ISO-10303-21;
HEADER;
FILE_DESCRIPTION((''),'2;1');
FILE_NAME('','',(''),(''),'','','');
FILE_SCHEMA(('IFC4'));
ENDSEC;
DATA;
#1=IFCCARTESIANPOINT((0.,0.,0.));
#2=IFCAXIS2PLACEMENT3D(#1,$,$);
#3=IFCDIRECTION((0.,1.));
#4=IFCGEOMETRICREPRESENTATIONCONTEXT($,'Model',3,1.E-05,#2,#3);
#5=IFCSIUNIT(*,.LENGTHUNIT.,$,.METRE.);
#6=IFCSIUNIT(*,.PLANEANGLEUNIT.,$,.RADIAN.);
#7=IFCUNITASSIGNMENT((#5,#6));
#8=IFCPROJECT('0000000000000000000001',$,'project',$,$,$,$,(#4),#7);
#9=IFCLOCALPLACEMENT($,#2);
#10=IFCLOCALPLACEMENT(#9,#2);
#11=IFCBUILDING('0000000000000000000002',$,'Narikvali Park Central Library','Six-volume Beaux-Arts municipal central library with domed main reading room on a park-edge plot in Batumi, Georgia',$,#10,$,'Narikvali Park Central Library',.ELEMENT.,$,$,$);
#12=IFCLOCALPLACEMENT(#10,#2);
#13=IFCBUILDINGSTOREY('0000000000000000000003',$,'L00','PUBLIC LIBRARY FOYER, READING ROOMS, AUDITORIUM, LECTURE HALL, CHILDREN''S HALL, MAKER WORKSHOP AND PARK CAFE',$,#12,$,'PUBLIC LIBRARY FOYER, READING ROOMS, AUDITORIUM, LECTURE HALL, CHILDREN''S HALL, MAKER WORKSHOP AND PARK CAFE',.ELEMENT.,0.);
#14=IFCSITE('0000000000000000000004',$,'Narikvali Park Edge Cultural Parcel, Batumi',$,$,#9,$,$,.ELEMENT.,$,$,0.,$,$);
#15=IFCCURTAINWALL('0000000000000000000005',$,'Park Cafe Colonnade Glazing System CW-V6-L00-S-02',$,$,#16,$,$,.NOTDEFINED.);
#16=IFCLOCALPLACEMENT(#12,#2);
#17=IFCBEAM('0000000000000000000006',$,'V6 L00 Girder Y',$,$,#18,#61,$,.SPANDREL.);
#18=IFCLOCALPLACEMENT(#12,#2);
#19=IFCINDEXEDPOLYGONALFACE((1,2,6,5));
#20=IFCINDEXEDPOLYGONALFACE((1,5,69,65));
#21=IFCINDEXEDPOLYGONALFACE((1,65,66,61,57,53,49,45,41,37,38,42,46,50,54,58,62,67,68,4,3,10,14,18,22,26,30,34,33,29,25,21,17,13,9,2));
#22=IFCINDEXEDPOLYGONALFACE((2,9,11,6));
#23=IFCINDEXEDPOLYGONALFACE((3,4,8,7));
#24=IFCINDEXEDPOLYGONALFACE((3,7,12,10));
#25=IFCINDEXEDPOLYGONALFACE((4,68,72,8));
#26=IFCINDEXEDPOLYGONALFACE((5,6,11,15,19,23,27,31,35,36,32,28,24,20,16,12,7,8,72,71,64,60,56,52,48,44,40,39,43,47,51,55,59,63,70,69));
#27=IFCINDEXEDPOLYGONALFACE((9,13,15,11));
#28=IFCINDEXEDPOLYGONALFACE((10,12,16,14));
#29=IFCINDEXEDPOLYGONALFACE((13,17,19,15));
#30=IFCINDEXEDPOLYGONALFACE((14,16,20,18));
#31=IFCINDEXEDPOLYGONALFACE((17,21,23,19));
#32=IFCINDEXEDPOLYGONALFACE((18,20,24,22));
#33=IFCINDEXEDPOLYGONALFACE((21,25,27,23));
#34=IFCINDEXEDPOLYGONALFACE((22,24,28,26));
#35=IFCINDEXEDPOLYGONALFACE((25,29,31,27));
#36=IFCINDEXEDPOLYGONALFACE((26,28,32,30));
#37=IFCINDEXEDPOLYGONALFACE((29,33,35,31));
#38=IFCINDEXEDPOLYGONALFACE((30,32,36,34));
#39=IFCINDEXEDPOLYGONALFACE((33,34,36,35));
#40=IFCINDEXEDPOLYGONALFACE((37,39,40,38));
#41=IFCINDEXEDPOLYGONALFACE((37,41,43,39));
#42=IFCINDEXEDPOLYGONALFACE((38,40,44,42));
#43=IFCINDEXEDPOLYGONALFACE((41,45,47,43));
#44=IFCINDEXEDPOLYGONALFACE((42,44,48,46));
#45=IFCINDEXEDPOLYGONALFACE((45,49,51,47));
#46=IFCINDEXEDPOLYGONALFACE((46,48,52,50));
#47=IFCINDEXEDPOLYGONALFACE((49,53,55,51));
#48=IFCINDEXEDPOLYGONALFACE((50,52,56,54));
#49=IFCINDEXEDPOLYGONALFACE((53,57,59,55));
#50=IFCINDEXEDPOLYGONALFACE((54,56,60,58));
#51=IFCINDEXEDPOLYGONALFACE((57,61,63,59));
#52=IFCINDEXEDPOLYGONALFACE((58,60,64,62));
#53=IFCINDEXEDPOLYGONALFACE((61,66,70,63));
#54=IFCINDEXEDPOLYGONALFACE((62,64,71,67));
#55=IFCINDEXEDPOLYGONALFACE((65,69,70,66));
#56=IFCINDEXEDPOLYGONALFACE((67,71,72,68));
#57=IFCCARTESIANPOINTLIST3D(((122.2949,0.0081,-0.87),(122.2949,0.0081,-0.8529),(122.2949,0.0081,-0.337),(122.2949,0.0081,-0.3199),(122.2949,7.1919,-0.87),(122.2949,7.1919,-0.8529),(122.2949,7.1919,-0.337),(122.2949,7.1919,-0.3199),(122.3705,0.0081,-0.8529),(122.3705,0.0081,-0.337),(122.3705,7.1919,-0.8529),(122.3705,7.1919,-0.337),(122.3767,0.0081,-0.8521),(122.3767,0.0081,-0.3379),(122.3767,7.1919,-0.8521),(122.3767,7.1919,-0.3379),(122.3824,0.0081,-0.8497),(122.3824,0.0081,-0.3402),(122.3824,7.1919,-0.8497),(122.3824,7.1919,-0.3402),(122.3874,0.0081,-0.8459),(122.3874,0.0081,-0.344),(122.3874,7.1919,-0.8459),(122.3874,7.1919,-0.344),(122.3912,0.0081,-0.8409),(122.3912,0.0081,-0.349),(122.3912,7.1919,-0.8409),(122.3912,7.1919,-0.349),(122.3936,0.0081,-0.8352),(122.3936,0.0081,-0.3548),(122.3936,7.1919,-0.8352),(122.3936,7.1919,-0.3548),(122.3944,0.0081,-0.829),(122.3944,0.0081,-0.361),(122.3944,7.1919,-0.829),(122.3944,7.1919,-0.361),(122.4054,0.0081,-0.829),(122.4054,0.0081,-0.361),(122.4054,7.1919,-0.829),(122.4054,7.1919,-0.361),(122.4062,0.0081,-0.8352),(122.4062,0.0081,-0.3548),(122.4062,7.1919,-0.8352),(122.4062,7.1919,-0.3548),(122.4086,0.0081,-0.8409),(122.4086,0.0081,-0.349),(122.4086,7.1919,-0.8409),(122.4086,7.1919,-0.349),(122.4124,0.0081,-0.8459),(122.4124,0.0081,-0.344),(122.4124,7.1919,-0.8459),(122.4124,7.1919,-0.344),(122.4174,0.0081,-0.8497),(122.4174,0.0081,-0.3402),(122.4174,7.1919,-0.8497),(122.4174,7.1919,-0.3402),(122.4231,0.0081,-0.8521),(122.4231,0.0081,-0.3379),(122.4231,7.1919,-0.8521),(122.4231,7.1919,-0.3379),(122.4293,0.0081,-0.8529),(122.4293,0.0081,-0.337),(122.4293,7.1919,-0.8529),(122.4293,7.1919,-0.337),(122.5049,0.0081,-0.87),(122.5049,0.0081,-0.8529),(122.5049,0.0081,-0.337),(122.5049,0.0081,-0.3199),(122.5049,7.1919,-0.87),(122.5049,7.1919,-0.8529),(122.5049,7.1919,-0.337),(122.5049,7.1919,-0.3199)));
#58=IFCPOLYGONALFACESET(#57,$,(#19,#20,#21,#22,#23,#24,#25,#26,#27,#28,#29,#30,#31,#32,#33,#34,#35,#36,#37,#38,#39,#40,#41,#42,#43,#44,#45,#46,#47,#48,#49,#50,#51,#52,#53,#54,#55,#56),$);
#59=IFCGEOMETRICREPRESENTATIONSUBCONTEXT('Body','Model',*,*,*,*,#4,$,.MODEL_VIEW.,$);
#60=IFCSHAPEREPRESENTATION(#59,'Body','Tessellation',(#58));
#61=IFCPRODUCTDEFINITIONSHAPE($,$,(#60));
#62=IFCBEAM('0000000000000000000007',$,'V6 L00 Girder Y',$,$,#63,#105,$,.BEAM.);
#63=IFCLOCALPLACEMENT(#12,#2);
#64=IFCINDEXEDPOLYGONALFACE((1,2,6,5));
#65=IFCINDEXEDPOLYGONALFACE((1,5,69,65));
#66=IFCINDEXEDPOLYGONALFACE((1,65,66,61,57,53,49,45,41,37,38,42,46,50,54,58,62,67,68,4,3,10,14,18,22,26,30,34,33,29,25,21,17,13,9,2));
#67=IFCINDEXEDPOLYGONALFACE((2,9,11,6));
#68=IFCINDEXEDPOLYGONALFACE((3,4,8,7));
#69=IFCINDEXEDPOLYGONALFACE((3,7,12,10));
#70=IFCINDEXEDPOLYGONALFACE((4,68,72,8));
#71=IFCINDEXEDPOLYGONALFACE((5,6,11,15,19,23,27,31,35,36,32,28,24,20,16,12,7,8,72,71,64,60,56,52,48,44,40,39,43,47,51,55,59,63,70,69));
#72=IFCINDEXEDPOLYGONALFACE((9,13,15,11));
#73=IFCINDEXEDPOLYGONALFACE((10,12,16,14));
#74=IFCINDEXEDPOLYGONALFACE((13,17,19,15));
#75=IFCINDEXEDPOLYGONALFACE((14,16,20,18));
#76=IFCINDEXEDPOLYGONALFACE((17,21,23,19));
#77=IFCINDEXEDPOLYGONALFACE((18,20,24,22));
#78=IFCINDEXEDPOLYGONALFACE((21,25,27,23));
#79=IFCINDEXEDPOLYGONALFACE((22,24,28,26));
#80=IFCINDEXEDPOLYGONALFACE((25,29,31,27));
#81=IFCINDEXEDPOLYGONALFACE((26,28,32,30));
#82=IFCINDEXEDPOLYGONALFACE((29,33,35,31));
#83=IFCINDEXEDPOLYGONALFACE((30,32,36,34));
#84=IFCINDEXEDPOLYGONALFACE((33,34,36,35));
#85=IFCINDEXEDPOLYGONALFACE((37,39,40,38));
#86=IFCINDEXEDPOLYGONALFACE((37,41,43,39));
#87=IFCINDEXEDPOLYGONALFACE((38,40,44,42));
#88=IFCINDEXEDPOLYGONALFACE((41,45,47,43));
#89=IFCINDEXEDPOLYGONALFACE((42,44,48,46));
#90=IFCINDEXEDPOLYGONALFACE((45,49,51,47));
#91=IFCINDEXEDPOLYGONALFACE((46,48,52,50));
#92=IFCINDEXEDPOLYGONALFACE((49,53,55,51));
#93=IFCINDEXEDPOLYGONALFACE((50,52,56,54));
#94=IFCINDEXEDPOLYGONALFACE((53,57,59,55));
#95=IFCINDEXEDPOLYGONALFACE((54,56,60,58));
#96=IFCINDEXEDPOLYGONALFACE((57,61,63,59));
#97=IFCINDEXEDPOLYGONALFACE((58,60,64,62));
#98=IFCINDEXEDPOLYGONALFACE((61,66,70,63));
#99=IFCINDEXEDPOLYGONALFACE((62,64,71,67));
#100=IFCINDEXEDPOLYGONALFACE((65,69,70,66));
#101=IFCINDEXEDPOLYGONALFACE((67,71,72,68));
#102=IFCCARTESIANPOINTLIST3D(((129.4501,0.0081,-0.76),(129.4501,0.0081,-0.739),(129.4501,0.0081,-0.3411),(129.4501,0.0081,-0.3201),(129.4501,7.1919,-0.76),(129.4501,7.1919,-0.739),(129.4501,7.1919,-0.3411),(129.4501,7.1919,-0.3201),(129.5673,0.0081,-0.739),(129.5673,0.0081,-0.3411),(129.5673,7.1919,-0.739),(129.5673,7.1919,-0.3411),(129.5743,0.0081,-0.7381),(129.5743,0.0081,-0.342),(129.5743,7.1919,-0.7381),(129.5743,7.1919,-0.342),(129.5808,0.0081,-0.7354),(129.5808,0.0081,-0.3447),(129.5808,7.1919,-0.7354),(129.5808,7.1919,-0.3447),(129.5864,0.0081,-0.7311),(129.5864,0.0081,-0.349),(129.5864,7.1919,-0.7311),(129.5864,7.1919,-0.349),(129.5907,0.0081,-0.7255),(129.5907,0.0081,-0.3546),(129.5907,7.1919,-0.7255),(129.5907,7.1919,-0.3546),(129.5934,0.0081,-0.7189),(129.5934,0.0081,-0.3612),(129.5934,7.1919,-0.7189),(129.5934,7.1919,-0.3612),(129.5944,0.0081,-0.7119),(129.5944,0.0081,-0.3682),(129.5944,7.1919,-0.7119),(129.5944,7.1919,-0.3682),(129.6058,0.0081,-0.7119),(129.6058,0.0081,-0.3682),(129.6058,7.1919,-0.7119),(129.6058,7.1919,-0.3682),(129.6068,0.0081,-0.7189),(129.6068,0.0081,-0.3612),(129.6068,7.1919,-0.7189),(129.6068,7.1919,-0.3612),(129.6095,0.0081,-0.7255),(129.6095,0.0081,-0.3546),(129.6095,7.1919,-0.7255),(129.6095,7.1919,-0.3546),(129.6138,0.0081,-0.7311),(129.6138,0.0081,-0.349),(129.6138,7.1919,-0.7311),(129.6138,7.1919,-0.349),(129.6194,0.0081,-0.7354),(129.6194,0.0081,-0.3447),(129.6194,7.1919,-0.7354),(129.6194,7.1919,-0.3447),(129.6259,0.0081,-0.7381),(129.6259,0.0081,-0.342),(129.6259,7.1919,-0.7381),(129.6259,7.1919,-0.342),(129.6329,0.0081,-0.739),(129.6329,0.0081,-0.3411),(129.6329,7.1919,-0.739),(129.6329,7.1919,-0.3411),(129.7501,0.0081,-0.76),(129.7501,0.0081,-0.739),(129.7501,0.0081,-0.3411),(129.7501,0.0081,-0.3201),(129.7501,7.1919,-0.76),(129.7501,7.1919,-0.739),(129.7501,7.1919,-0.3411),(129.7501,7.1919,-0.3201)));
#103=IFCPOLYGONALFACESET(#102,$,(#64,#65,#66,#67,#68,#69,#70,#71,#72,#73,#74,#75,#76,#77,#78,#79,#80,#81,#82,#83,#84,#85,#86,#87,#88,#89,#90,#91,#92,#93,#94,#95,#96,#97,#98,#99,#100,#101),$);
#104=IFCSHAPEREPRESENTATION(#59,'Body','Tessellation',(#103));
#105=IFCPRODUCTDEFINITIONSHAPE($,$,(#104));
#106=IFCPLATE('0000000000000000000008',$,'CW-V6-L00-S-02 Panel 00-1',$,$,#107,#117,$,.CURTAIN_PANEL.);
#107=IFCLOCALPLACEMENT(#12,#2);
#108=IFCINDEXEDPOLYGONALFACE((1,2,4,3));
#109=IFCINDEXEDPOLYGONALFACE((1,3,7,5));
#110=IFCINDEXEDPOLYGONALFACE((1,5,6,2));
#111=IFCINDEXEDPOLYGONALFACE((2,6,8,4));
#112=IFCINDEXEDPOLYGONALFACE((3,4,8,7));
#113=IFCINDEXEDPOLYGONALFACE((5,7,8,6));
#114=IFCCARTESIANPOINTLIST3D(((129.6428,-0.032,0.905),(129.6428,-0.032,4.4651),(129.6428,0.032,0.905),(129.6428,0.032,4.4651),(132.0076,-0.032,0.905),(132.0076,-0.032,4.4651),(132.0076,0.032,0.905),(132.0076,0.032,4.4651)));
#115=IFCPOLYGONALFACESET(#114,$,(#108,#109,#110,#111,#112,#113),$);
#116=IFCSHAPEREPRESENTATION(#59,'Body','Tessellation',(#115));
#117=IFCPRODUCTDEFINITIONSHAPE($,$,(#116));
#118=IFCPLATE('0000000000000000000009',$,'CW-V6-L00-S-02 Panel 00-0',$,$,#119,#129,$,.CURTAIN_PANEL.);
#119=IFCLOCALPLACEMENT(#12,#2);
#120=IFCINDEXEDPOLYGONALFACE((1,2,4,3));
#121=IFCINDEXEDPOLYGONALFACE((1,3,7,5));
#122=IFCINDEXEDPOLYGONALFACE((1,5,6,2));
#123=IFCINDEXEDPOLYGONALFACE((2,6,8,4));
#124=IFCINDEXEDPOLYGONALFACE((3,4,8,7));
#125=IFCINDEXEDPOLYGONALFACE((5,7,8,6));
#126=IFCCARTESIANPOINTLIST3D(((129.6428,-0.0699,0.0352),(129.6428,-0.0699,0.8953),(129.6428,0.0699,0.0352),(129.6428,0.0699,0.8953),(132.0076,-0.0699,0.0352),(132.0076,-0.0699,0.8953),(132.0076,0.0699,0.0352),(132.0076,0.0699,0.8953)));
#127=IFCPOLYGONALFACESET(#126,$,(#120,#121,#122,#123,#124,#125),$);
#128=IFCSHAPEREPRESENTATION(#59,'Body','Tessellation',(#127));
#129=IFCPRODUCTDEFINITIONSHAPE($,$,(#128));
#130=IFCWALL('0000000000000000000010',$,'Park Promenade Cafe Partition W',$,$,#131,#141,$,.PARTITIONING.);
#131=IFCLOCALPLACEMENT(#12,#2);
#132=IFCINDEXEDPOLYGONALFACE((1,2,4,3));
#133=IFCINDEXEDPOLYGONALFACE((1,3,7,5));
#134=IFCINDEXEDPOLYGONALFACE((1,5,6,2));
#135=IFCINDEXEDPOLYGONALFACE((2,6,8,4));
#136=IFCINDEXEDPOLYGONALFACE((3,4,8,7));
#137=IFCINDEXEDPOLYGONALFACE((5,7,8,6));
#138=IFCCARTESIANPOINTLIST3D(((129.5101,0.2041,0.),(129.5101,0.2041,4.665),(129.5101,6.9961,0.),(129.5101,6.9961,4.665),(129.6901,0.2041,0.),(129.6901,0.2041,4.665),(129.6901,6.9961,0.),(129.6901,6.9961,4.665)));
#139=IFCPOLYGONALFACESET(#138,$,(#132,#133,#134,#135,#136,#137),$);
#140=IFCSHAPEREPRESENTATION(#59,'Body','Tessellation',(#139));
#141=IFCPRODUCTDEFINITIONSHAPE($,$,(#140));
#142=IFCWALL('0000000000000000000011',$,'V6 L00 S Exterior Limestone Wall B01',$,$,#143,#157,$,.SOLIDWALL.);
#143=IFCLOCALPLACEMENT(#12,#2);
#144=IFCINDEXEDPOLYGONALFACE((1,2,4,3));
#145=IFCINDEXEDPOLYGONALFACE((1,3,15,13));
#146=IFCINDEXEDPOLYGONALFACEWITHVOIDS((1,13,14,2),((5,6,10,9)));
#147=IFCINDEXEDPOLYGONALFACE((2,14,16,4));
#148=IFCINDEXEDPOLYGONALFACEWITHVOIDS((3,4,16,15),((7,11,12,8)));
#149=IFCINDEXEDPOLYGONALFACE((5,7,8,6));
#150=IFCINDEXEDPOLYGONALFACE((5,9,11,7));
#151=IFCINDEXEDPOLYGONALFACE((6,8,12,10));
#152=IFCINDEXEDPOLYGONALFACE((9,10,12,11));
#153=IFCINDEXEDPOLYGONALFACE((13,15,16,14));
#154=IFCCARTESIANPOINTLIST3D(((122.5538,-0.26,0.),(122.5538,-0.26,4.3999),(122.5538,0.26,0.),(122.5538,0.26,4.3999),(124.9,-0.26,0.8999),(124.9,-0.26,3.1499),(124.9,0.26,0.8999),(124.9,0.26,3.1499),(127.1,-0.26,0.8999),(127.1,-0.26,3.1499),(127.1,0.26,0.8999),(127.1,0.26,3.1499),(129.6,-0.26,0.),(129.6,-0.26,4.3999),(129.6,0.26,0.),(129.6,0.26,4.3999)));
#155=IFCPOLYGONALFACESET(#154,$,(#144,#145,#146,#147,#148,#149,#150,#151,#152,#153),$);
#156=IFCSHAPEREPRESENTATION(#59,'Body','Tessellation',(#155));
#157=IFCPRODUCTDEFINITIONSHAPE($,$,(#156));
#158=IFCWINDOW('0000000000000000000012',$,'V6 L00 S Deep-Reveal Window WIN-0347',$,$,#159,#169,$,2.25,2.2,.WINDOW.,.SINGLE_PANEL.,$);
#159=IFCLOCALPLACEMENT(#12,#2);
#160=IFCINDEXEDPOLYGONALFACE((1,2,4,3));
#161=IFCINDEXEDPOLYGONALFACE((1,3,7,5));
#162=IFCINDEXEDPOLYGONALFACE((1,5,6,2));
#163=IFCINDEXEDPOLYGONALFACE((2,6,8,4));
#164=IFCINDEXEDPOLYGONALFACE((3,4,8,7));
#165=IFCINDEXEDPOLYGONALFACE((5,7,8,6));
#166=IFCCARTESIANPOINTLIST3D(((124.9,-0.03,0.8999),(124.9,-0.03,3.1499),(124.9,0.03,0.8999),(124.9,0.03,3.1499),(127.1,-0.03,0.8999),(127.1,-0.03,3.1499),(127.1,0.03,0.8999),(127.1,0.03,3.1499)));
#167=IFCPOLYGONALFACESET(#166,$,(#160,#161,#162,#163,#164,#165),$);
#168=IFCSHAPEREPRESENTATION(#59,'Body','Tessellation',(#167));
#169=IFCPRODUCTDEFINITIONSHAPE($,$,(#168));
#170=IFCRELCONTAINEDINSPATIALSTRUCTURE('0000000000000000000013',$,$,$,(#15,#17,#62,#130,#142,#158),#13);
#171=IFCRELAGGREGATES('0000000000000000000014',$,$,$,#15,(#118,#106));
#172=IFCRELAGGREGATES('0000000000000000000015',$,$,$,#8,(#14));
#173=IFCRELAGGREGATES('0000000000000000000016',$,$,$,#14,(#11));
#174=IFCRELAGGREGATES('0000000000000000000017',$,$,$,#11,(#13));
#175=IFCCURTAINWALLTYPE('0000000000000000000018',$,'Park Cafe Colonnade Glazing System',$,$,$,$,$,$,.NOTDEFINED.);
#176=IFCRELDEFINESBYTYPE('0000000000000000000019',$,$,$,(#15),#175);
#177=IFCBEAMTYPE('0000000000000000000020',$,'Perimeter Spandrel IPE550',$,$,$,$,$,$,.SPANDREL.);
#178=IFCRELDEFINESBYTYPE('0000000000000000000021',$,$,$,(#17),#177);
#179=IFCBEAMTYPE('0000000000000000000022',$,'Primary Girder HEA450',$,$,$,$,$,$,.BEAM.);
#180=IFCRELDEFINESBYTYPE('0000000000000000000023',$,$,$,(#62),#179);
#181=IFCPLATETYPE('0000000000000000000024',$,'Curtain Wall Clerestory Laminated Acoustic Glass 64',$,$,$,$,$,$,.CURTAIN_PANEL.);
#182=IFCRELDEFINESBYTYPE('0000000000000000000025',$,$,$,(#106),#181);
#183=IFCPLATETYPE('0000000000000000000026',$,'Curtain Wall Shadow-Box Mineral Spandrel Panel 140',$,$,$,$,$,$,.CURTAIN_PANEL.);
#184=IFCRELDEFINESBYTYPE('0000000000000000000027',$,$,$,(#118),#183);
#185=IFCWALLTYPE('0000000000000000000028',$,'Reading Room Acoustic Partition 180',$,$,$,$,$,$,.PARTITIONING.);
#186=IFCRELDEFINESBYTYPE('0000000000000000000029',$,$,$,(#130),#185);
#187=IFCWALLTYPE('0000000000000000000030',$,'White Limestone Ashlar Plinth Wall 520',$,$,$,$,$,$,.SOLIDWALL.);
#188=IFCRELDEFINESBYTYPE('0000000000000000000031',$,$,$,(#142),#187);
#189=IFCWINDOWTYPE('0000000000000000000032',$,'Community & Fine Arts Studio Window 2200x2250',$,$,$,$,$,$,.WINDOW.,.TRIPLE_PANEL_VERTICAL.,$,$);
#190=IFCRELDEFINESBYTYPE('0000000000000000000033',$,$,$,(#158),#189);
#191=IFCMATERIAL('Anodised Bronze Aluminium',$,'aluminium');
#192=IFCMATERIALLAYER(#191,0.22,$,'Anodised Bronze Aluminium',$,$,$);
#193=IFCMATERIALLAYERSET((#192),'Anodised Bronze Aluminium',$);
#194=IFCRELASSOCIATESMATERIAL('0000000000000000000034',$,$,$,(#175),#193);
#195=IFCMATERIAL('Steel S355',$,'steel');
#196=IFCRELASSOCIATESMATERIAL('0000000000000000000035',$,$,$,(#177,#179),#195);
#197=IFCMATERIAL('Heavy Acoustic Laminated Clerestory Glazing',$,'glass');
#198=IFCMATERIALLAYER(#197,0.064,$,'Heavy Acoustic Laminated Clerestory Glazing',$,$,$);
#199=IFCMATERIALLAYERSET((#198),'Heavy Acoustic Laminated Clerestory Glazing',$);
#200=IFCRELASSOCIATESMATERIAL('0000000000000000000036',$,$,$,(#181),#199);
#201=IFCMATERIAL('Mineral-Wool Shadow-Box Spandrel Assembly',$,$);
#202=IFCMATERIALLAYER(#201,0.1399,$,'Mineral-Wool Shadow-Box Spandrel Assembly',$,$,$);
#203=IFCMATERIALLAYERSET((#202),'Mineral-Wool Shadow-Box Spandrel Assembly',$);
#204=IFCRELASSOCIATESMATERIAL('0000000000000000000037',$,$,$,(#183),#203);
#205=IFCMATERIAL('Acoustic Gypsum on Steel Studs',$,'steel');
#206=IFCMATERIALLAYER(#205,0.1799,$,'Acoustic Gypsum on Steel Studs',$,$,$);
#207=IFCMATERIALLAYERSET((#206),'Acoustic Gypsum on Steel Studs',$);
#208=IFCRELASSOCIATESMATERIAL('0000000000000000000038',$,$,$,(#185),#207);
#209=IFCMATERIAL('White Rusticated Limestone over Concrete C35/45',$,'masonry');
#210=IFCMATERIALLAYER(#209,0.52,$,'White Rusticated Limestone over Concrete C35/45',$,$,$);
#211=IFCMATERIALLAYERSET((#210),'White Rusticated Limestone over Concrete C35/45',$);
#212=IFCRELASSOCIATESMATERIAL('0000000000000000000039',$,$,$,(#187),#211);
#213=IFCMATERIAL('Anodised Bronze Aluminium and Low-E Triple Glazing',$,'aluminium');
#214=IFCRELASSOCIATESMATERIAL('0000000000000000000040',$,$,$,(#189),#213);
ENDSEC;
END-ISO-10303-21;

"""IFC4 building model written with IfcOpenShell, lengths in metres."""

from ifc_helpers import new_model, si_unit, direction, frame, frame_2d, origin, origin_2d, place, context, subcontext, project, spatial, rectangle, i_section, extrude, material, layer, layer_set, material_profile, profile_set, type_object, element, fill, aggregate, save


model = new_model("IFC4")

# Units and contexts
model_context = context("Model", 3, precision=1e-05, world=origin(), true_north=direction((0.0, 1.0)))
body_context = subcontext(model_context, "Body", "Model", "MODEL_VIEW")
ifc_project = project(units=[si_unit("LENGTHUNIT", "METRE"), si_unit("PLANEANGLEUNIT", "RADIAN")], contexts=[model_context])

# Site, building, storey
site_placement = place(None, origin())
site = spatial("IfcSite", under=ifc_project, at=site_placement, Name="Narikvali Park Edge Cultural Parcel, Batumi", CompositionType="ELEMENT", RefElevation=0.0)
building_placement = place(site_placement, origin())
building = spatial("IfcBuilding", under=site, at=building_placement, Name="Narikvali Park Central Library", Description="Six-volume Beaux-Arts municipal central library with domed main reading room on a park-edge plot in Batumi, Georgia", LongName="Narikvali Park Central Library", CompositionType="ELEMENT")
storey_placement = place(building_placement, origin())
storey = spatial("IfcBuildingStorey", under=building, at=storey_placement, Name="L00", Description="PUBLIC LIBRARY FOYER, READING ROOMS, AUDITORIUM, LECTURE HALL, CHILDREN'S HALL, MAKER WORKSHOP AND PARK CAFE", LongName="PUBLIC LIBRARY FOYER, READING ROOMS, AUDITORIUM, LECTURE HALL, CHILDREN'S HALL, MAKER WORKSHOP AND PARK CAFE", CompositionType="ELEMENT", Elevation=0.0)

# Shared definitions
ifc_material_1 = material(Name="Steel S355", Category="steel")

# Curtain wall
ifc_material_2 = material(Name="Anodised Bronze Aluminium", Category="aluminium")
ifc_layer_1 = layer(ifc_material_2, 0.22, Name="Anodised Bronze Aluminium")
ifc_layer_set_1 = layer_set([ifc_layer_1], Name="Anodised Bronze Aluminium")
curtain_wall_type_1 = type_object("IfcCurtainWallType", Name="Park Cafe Colonnade Glazing System", PredefinedType="NOTDEFINED", material=ifc_layer_set_1)
curtain_wall_1_placement = place(storey_placement, origin())
curtain_wall_1 = element("IfcCurtainWall", 1, at=curtain_wall_1_placement, inside=storey, type_object=curtain_wall_type_1, Name="Park Cafe Colonnade Glazing System CW-V6-L00-S-02", PredefinedType="NOTDEFINED")

# Beams
ifc_material_profile_1 = material_profile(ifc_material_1, i_section(OverallWidth=0.21, OverallDepth=0.55, WebThickness=0.011, FlangeThickness=0.0171, FilletRadius=0.0239, at=origin_2d()), Name="IPE 550")
ifc_profile_set_1 = profile_set([ifc_material_profile_1], Name="Steel S355")
beam_type_1 = type_object("IfcBeamType", Name="Perimeter Spandrel IPE550", PredefinedType="SPANDREL", material=ifc_profile_set_1)
beam_1_placement = place(storey_placement, frame((122.3999, 0.0081, -0.595), z_axis=(0.0, 1.0, 0.0), x_axis=(-1.0, 0.0, 0.0)))
element("IfcBeam", 2, at=beam_1_placement, inside=storey, type_object=beam_type_1, Name="V6 L00 Girder Y", PredefinedType="SPANDREL", context=body_context, shape_type="SweptSolid", body=[
    extrude(i_section(OverallWidth=0.21, OverallDepth=0.55, WebThickness=0.011, FlangeThickness=0.0171, FilletRadius=0.0239, at=origin_2d()), origin(), (0.0, 0.0, 1.0), 7.1838),
])
ifc_material_profile_2 = material_profile(ifc_material_1, i_section(OverallWidth=0.3, OverallDepth=0.4399, WebThickness=0.0115, FlangeThickness=0.021, FilletRadius=0.0271, at=origin_2d()), Name="HEA 450")
ifc_profile_set_2 = profile_set([ifc_material_profile_2], Name="Steel S355")
beam_type_2 = type_object("IfcBeamType", Name="Primary Girder HEA450", PredefinedType="BEAM", material=ifc_profile_set_2)
beam_2_placement = place(storey_placement, frame((129.6001, 0.0081, -0.54), z_axis=(0.0, 1.0, 0.0), x_axis=(-1.0, 0.0, 0.0)))
element("IfcBeam", 3, at=beam_2_placement, inside=storey, type_object=beam_type_2, Name="V6 L00 Girder Y", PredefinedType="BEAM", context=body_context, shape_type="SweptSolid", body=[
    extrude(i_section(OverallWidth=0.3, OverallDepth=0.4399, WebThickness=0.0115, FlangeThickness=0.021, FilletRadius=0.0271, at=origin_2d()), origin(), (0.0, 0.0, 1.0), 7.1838),
])

# Plates
ifc_material_3 = material(Name="Heavy Acoustic Laminated Clerestory Glazing", Category="glass")
ifc_layer_2 = layer(ifc_material_3, 0.064, Name="Heavy Acoustic Laminated Clerestory Glazing")
ifc_layer_set_2 = layer_set([ifc_layer_2], Name="Heavy Acoustic Laminated Clerestory Glazing")
plate_type_1 = type_object("IfcPlateType", Name="Curtain Wall Clerestory Laminated Acoustic Glass 64", PredefinedType="CURTAIN_PANEL", material=ifc_layer_set_2)
plate_1_placement = place(storey_placement, frame((130.8252, 0.0, 0.905), z_axis=(0.0, 0.0, 1.0), x_axis=(1.0, 0.0, 0.0)))
plate_1 = element("IfcPlate", 4, at=plate_1_placement, type_object=plate_type_1, Name="CW-V6-L00-S-02 Panel 00-1", PredefinedType="CURTAIN_PANEL", context=body_context, shape_type="SweptSolid", body=[
    extrude(rectangle(XDim=2.3647, YDim=0.064, at=origin_2d()), origin(), (0.0, 0.0, 1.0), 3.5601),
])
ifc_material_4 = material(Name="Mineral-Wool Shadow-Box Spandrel Assembly")
ifc_layer_3 = layer(ifc_material_4, 0.1399, Name="Mineral-Wool Shadow-Box Spandrel Assembly")
ifc_layer_set_3 = layer_set([ifc_layer_3], Name="Mineral-Wool Shadow-Box Spandrel Assembly")
plate_type_2 = type_object("IfcPlateType", Name="Curtain Wall Shadow-Box Mineral Spandrel Panel 140", PredefinedType="CURTAIN_PANEL", material=ifc_layer_set_3)
plate_2_placement = place(storey_placement, frame((130.8252, 0.0, 0.0352), z_axis=(0.0, 0.0, 1.0), x_axis=(1.0, 0.0, 0.0)))
plate_2 = element("IfcPlate", 5, at=plate_2_placement, type_object=plate_type_2, Name="CW-V6-L00-S-02 Panel 00-0", PredefinedType="CURTAIN_PANEL", context=body_context, shape_type="SweptSolid", body=[
    extrude(rectangle(XDim=2.3647, YDim=0.1399, at=origin_2d()), origin(), (0.0, 0.0, 1.0), 0.8601),
])
aggregate(curtain_wall_1, [plate_2, plate_1])

# Wall
ifc_material_5 = material(Name="Acoustic Gypsum on Steel Studs", Category="steel")
ifc_layer_4 = layer(ifc_material_5, 0.1799, Name="Acoustic Gypsum on Steel Studs")
ifc_layer_set_4 = layer_set([ifc_layer_4], Name="Acoustic Gypsum on Steel Studs")
wall_type_1 = type_object("IfcWallType", Name="Reading Room Acoustic Partition 180", PredefinedType="PARTITIONING", material=ifc_layer_set_4)
wall_1_placement = place(storey_placement, frame((129.6001, 0.2041, 0.0), z_axis=(0.0, 0.0, 1.0), x_axis=(0.0, 1.0, 0.0)))
element("IfcWall", 6, at=wall_1_placement, inside=storey, type_object=wall_type_1, Name="Park Promenade Cafe Partition W", PredefinedType="PARTITIONING", context=body_context, shape_type="SweptSolid", body=[
    extrude(rectangle(XDim=6.792, YDim=0.1799, at=frame_2d((3.396, 0.0))), origin(), (0.0, 0.0, 1.0), 4.665),
])

# Wall, opening, window
ifc_material_6 = material(Name="White Rusticated Limestone over Concrete C35/45", Category="masonry")
ifc_layer_5 = layer(ifc_material_6, 0.52, Name="White Rusticated Limestone over Concrete C35/45")
ifc_layer_set_5 = layer_set([ifc_layer_5], Name="White Rusticated Limestone over Concrete C35/45")
wall_type_2 = type_object("IfcWallType", Name="White Limestone Ashlar Plinth Wall 520", PredefinedType="SOLIDWALL", material=ifc_layer_set_5)
wall_2_placement = place(storey_placement, frame((122.554, 0.0, 0.0), z_axis=(0.0, 0.0, 1.0), x_axis=(1.0, 0.0, 0.0)))
wall_2 = element("IfcWall", 7, at=wall_2_placement, inside=storey, type_object=wall_type_2, Name="V6 L00 S Exterior Limestone Wall B01", PredefinedType="SOLIDWALL", context=body_context, shape_type="SweptSolid", body=[
    extrude(rectangle(XDim=7.0461, YDim=0.52, at=frame_2d((3.5229, 0.0))), origin(), (0.0, 0.0, 1.0), 4.3999),
])
opening_placement = place(wall_2_placement, frame((2.3459, 0.0, 0.8999)))
opening = element("IfcOpeningElement", 8, at=opening_placement, cuts=wall_2, PredefinedType="OPENING", context=body_context, shape_type="SweptSolid", body=[
    extrude(rectangle(XDim=2.2, YDim=2.25, at=frame_2d((1.1001, 1.125))), frame((0.0, 0.272, 0.0), z_axis=(0.0, -1.0, 0.0), x_axis=(1.0, 0.0, 0.0)), (0.0, 0.0, 1.0), 0.5439),
])
ifc_material_7 = material(Name="Anodised Bronze Aluminium and Low-E Triple Glazing", Category="aluminium")
window_type = type_object("IfcWindowType", Name="Community & Fine Arts Studio Window 2200x2250", PartitioningType="TRIPLE_PANEL_VERTICAL", PredefinedType="WINDOW", material=ifc_material_7)
window_placement = place(opening_placement, origin())
window = element("IfcWindow", 9, at=window_placement, inside=storey, type_object=window_type, Name="V6 L00 S Deep-Reveal Window WIN-0347", OverallHeight=2.25, OverallWidth=2.2, PartitioningType="SINGLE_PANEL", PredefinedType="WINDOW", context=body_context, shape_type="SweptSolid", body=[
    extrude(rectangle(XDim=2.2, YDim=2.25, at=frame_2d((1.1001, 1.125))), frame((0.0, 0.03, 0.0), z_axis=(0.0, -1.0, 0.0), x_axis=(1.0, 0.0, 0.0)), (0.0, 0.0, 1.0), 0.0601),
])
fill(opening, window)

save(model, "model.ifc")
